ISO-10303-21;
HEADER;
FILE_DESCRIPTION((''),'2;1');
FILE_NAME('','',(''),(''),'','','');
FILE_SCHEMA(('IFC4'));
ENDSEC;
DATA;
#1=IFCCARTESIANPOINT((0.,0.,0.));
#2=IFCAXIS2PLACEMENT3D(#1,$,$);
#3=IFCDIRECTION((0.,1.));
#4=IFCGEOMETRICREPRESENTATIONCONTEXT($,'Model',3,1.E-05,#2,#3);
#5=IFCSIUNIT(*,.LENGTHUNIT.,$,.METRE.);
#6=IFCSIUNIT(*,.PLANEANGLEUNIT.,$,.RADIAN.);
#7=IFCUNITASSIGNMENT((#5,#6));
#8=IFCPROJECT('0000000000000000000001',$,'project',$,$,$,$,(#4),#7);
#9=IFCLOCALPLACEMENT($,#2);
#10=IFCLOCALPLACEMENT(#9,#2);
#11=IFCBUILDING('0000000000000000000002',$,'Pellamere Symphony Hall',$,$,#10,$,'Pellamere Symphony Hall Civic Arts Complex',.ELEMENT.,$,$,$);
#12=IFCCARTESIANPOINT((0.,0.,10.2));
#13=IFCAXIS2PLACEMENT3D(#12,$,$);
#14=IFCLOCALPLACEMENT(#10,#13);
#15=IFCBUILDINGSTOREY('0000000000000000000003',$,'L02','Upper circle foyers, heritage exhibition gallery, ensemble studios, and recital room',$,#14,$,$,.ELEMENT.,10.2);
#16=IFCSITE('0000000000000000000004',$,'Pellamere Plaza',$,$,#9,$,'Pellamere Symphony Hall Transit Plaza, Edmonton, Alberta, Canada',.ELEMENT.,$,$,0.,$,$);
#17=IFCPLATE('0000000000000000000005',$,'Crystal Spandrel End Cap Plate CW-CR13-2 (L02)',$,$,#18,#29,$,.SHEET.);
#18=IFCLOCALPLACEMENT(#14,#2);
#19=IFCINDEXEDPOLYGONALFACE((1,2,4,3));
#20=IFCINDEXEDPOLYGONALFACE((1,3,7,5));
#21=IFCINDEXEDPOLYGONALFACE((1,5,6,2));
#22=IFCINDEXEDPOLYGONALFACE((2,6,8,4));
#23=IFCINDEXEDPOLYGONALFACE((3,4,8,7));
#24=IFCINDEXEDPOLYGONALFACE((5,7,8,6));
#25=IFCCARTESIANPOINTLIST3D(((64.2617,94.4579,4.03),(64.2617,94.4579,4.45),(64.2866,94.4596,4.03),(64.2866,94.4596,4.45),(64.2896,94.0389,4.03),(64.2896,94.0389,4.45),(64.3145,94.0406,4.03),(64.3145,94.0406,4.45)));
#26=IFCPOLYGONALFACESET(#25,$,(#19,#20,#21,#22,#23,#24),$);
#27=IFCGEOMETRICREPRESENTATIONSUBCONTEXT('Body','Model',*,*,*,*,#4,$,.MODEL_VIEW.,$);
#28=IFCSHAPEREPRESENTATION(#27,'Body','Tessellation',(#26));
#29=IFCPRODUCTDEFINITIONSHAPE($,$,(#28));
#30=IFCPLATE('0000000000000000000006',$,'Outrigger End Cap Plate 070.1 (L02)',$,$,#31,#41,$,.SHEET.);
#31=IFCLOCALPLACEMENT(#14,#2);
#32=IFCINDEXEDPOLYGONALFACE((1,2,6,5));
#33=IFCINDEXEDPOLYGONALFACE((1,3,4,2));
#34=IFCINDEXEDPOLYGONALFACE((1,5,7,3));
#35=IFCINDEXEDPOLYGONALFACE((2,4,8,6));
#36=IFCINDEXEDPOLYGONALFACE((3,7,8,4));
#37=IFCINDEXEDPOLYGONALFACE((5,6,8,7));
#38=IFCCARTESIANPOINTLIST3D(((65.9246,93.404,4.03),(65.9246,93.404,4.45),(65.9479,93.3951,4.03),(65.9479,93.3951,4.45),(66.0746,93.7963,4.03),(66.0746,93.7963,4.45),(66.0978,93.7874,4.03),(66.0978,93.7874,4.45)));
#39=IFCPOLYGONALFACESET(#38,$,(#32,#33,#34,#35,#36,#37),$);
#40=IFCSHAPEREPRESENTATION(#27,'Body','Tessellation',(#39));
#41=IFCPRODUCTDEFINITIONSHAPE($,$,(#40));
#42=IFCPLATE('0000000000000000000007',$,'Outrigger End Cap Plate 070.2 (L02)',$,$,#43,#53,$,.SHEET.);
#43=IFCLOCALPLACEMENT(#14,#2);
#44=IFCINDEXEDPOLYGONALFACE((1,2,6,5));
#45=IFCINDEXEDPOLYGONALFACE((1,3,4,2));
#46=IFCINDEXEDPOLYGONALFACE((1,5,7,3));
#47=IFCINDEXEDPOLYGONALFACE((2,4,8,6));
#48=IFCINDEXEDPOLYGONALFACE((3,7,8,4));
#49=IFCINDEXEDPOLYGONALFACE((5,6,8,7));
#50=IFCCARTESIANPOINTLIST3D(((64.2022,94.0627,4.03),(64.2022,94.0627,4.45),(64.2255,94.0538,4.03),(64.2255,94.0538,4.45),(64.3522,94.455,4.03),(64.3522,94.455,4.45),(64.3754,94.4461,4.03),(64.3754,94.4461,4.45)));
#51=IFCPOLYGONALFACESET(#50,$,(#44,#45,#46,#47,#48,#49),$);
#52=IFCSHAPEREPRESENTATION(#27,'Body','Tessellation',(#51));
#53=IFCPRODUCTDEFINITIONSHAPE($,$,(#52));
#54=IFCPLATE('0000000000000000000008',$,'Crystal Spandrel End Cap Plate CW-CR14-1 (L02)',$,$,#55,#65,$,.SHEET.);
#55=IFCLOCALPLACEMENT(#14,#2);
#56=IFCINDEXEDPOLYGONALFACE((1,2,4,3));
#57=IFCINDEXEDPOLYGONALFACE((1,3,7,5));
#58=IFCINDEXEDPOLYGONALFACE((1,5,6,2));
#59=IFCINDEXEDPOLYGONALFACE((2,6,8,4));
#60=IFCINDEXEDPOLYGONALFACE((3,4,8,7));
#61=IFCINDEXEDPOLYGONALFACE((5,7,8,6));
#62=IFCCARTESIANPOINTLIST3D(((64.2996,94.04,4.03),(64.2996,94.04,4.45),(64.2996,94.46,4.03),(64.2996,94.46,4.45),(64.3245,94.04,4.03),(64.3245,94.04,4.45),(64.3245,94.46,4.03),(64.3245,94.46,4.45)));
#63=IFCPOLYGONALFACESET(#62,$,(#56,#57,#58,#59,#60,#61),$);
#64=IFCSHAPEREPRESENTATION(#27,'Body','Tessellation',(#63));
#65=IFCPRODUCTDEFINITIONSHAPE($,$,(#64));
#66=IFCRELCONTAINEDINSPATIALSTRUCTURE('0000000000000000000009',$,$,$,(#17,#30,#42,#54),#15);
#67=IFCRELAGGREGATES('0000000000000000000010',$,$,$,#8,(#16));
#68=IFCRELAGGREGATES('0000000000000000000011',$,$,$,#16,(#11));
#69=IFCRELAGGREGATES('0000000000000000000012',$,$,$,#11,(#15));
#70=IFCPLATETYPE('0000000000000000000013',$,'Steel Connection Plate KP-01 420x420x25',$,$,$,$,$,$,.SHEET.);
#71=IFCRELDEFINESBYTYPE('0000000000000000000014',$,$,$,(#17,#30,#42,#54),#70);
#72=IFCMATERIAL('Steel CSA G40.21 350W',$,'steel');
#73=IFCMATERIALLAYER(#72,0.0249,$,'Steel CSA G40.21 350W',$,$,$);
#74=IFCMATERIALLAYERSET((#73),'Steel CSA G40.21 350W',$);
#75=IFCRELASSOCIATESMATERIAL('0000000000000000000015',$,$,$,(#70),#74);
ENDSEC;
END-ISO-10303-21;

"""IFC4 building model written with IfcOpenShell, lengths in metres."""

from ifc_helpers import new_model, si_unit, direction, frame, origin, origin_2d, place, context, subcontext, project, spatial, rectangle, extrude, material, layer, layer_set, type_object, element, save


model = new_model("IFC4")

# Units and contexts
model_context = context("Model", 3, precision=1e-05, world=origin(), true_north=direction((0.0, 1.0)))
body_context = subcontext(model_context, "Body", "Model", "MODEL_VIEW")
ifc_project = project(units=[si_unit("LENGTHUNIT", "METRE"), si_unit("PLANEANGLEUNIT", "RADIAN")], contexts=[model_context])

# Site, building, storey
site_placement = place(None, origin())
site = spatial("IfcSite", under=ifc_project, at=site_placement, Name="Pellamere Plaza", LongName="Pellamere Symphony Hall Transit Plaza, Edmonton, Alberta, Canada", CompositionType="ELEMENT", RefElevation=0.0)
building_placement = place(site_placement, origin())
building = spatial("IfcBuilding", under=site, at=building_placement, Name="Pellamere Symphony Hall", LongName="Pellamere Symphony Hall Civic Arts Complex", CompositionType="ELEMENT")
storey_placement = place(building_placement, frame((0.0, 0.0, 10.2)))
storey = spatial("IfcBuildingStorey", under=building, at=storey_placement, Name="L02", Description="Upper circle foyers, heritage exhibition gallery, ensemble studios, and recital room", CompositionType="ELEMENT", Elevation=10.2)

# Shared definitions
ifc_material_1 = material(Name="Steel CSA G40.21 350W", Category="steel")

# Plates
ifc_layer_1 = layer(ifc_material_1, 0.0249, Name="Steel CSA G40.21 350W")
ifc_layer_set_1 = layer_set([ifc_layer_1], Name="Steel CSA G40.21 350W")
plate_type_1 = type_object("IfcPlateType", Name="Steel Connection Plate KP-01 420x420x25", PredefinedType="SHEET", material=ifc_layer_set_1)
for number, where, z_axis, x_axis, name in (
    (1, (64.2881, 94.2493, 4.03), (0.0, 0.0, 1.0), (-0.99779, -0.066448, 0.0), "Crystal Spandrel End Cap Plate CW-CR13-2 (L02)"),
    (2, (66.0112, 93.5957, 4.03), (0.0, 0.0, 1.0), (-0.93408, 0.357064, 0.0), "Outrigger End Cap Plate 070.1 (L02)"),
    (3, (64.2888, 94.2544, 4.03), (0.0, 0.0, 1.0), (-0.93408, 0.357064, 0.0), "Outrigger End Cap Plate 070.2 (L02)"),
    (4, (64.312, 94.25, 4.03), (0.0, 0.0, 1.0), (-1.0, 0.0, 0.0), "Crystal Spandrel End Cap Plate CW-CR14-1 (L02)"),
):
    element("IfcPlate", number, at=place(storey_placement, frame(where, z_axis=z_axis, x_axis=x_axis)), inside=storey, type_object=plate_type_1, Name=name, PredefinedType="SHEET", context=body_context, shape_type="SweptSolid", body=[
        extrude(rectangle(XDim=0.0249, YDim=0.4199, at=origin_2d()), origin(), (0.0, 0.0, 1.0), 0.4199),
    ])

save(model, "model.ifc")
